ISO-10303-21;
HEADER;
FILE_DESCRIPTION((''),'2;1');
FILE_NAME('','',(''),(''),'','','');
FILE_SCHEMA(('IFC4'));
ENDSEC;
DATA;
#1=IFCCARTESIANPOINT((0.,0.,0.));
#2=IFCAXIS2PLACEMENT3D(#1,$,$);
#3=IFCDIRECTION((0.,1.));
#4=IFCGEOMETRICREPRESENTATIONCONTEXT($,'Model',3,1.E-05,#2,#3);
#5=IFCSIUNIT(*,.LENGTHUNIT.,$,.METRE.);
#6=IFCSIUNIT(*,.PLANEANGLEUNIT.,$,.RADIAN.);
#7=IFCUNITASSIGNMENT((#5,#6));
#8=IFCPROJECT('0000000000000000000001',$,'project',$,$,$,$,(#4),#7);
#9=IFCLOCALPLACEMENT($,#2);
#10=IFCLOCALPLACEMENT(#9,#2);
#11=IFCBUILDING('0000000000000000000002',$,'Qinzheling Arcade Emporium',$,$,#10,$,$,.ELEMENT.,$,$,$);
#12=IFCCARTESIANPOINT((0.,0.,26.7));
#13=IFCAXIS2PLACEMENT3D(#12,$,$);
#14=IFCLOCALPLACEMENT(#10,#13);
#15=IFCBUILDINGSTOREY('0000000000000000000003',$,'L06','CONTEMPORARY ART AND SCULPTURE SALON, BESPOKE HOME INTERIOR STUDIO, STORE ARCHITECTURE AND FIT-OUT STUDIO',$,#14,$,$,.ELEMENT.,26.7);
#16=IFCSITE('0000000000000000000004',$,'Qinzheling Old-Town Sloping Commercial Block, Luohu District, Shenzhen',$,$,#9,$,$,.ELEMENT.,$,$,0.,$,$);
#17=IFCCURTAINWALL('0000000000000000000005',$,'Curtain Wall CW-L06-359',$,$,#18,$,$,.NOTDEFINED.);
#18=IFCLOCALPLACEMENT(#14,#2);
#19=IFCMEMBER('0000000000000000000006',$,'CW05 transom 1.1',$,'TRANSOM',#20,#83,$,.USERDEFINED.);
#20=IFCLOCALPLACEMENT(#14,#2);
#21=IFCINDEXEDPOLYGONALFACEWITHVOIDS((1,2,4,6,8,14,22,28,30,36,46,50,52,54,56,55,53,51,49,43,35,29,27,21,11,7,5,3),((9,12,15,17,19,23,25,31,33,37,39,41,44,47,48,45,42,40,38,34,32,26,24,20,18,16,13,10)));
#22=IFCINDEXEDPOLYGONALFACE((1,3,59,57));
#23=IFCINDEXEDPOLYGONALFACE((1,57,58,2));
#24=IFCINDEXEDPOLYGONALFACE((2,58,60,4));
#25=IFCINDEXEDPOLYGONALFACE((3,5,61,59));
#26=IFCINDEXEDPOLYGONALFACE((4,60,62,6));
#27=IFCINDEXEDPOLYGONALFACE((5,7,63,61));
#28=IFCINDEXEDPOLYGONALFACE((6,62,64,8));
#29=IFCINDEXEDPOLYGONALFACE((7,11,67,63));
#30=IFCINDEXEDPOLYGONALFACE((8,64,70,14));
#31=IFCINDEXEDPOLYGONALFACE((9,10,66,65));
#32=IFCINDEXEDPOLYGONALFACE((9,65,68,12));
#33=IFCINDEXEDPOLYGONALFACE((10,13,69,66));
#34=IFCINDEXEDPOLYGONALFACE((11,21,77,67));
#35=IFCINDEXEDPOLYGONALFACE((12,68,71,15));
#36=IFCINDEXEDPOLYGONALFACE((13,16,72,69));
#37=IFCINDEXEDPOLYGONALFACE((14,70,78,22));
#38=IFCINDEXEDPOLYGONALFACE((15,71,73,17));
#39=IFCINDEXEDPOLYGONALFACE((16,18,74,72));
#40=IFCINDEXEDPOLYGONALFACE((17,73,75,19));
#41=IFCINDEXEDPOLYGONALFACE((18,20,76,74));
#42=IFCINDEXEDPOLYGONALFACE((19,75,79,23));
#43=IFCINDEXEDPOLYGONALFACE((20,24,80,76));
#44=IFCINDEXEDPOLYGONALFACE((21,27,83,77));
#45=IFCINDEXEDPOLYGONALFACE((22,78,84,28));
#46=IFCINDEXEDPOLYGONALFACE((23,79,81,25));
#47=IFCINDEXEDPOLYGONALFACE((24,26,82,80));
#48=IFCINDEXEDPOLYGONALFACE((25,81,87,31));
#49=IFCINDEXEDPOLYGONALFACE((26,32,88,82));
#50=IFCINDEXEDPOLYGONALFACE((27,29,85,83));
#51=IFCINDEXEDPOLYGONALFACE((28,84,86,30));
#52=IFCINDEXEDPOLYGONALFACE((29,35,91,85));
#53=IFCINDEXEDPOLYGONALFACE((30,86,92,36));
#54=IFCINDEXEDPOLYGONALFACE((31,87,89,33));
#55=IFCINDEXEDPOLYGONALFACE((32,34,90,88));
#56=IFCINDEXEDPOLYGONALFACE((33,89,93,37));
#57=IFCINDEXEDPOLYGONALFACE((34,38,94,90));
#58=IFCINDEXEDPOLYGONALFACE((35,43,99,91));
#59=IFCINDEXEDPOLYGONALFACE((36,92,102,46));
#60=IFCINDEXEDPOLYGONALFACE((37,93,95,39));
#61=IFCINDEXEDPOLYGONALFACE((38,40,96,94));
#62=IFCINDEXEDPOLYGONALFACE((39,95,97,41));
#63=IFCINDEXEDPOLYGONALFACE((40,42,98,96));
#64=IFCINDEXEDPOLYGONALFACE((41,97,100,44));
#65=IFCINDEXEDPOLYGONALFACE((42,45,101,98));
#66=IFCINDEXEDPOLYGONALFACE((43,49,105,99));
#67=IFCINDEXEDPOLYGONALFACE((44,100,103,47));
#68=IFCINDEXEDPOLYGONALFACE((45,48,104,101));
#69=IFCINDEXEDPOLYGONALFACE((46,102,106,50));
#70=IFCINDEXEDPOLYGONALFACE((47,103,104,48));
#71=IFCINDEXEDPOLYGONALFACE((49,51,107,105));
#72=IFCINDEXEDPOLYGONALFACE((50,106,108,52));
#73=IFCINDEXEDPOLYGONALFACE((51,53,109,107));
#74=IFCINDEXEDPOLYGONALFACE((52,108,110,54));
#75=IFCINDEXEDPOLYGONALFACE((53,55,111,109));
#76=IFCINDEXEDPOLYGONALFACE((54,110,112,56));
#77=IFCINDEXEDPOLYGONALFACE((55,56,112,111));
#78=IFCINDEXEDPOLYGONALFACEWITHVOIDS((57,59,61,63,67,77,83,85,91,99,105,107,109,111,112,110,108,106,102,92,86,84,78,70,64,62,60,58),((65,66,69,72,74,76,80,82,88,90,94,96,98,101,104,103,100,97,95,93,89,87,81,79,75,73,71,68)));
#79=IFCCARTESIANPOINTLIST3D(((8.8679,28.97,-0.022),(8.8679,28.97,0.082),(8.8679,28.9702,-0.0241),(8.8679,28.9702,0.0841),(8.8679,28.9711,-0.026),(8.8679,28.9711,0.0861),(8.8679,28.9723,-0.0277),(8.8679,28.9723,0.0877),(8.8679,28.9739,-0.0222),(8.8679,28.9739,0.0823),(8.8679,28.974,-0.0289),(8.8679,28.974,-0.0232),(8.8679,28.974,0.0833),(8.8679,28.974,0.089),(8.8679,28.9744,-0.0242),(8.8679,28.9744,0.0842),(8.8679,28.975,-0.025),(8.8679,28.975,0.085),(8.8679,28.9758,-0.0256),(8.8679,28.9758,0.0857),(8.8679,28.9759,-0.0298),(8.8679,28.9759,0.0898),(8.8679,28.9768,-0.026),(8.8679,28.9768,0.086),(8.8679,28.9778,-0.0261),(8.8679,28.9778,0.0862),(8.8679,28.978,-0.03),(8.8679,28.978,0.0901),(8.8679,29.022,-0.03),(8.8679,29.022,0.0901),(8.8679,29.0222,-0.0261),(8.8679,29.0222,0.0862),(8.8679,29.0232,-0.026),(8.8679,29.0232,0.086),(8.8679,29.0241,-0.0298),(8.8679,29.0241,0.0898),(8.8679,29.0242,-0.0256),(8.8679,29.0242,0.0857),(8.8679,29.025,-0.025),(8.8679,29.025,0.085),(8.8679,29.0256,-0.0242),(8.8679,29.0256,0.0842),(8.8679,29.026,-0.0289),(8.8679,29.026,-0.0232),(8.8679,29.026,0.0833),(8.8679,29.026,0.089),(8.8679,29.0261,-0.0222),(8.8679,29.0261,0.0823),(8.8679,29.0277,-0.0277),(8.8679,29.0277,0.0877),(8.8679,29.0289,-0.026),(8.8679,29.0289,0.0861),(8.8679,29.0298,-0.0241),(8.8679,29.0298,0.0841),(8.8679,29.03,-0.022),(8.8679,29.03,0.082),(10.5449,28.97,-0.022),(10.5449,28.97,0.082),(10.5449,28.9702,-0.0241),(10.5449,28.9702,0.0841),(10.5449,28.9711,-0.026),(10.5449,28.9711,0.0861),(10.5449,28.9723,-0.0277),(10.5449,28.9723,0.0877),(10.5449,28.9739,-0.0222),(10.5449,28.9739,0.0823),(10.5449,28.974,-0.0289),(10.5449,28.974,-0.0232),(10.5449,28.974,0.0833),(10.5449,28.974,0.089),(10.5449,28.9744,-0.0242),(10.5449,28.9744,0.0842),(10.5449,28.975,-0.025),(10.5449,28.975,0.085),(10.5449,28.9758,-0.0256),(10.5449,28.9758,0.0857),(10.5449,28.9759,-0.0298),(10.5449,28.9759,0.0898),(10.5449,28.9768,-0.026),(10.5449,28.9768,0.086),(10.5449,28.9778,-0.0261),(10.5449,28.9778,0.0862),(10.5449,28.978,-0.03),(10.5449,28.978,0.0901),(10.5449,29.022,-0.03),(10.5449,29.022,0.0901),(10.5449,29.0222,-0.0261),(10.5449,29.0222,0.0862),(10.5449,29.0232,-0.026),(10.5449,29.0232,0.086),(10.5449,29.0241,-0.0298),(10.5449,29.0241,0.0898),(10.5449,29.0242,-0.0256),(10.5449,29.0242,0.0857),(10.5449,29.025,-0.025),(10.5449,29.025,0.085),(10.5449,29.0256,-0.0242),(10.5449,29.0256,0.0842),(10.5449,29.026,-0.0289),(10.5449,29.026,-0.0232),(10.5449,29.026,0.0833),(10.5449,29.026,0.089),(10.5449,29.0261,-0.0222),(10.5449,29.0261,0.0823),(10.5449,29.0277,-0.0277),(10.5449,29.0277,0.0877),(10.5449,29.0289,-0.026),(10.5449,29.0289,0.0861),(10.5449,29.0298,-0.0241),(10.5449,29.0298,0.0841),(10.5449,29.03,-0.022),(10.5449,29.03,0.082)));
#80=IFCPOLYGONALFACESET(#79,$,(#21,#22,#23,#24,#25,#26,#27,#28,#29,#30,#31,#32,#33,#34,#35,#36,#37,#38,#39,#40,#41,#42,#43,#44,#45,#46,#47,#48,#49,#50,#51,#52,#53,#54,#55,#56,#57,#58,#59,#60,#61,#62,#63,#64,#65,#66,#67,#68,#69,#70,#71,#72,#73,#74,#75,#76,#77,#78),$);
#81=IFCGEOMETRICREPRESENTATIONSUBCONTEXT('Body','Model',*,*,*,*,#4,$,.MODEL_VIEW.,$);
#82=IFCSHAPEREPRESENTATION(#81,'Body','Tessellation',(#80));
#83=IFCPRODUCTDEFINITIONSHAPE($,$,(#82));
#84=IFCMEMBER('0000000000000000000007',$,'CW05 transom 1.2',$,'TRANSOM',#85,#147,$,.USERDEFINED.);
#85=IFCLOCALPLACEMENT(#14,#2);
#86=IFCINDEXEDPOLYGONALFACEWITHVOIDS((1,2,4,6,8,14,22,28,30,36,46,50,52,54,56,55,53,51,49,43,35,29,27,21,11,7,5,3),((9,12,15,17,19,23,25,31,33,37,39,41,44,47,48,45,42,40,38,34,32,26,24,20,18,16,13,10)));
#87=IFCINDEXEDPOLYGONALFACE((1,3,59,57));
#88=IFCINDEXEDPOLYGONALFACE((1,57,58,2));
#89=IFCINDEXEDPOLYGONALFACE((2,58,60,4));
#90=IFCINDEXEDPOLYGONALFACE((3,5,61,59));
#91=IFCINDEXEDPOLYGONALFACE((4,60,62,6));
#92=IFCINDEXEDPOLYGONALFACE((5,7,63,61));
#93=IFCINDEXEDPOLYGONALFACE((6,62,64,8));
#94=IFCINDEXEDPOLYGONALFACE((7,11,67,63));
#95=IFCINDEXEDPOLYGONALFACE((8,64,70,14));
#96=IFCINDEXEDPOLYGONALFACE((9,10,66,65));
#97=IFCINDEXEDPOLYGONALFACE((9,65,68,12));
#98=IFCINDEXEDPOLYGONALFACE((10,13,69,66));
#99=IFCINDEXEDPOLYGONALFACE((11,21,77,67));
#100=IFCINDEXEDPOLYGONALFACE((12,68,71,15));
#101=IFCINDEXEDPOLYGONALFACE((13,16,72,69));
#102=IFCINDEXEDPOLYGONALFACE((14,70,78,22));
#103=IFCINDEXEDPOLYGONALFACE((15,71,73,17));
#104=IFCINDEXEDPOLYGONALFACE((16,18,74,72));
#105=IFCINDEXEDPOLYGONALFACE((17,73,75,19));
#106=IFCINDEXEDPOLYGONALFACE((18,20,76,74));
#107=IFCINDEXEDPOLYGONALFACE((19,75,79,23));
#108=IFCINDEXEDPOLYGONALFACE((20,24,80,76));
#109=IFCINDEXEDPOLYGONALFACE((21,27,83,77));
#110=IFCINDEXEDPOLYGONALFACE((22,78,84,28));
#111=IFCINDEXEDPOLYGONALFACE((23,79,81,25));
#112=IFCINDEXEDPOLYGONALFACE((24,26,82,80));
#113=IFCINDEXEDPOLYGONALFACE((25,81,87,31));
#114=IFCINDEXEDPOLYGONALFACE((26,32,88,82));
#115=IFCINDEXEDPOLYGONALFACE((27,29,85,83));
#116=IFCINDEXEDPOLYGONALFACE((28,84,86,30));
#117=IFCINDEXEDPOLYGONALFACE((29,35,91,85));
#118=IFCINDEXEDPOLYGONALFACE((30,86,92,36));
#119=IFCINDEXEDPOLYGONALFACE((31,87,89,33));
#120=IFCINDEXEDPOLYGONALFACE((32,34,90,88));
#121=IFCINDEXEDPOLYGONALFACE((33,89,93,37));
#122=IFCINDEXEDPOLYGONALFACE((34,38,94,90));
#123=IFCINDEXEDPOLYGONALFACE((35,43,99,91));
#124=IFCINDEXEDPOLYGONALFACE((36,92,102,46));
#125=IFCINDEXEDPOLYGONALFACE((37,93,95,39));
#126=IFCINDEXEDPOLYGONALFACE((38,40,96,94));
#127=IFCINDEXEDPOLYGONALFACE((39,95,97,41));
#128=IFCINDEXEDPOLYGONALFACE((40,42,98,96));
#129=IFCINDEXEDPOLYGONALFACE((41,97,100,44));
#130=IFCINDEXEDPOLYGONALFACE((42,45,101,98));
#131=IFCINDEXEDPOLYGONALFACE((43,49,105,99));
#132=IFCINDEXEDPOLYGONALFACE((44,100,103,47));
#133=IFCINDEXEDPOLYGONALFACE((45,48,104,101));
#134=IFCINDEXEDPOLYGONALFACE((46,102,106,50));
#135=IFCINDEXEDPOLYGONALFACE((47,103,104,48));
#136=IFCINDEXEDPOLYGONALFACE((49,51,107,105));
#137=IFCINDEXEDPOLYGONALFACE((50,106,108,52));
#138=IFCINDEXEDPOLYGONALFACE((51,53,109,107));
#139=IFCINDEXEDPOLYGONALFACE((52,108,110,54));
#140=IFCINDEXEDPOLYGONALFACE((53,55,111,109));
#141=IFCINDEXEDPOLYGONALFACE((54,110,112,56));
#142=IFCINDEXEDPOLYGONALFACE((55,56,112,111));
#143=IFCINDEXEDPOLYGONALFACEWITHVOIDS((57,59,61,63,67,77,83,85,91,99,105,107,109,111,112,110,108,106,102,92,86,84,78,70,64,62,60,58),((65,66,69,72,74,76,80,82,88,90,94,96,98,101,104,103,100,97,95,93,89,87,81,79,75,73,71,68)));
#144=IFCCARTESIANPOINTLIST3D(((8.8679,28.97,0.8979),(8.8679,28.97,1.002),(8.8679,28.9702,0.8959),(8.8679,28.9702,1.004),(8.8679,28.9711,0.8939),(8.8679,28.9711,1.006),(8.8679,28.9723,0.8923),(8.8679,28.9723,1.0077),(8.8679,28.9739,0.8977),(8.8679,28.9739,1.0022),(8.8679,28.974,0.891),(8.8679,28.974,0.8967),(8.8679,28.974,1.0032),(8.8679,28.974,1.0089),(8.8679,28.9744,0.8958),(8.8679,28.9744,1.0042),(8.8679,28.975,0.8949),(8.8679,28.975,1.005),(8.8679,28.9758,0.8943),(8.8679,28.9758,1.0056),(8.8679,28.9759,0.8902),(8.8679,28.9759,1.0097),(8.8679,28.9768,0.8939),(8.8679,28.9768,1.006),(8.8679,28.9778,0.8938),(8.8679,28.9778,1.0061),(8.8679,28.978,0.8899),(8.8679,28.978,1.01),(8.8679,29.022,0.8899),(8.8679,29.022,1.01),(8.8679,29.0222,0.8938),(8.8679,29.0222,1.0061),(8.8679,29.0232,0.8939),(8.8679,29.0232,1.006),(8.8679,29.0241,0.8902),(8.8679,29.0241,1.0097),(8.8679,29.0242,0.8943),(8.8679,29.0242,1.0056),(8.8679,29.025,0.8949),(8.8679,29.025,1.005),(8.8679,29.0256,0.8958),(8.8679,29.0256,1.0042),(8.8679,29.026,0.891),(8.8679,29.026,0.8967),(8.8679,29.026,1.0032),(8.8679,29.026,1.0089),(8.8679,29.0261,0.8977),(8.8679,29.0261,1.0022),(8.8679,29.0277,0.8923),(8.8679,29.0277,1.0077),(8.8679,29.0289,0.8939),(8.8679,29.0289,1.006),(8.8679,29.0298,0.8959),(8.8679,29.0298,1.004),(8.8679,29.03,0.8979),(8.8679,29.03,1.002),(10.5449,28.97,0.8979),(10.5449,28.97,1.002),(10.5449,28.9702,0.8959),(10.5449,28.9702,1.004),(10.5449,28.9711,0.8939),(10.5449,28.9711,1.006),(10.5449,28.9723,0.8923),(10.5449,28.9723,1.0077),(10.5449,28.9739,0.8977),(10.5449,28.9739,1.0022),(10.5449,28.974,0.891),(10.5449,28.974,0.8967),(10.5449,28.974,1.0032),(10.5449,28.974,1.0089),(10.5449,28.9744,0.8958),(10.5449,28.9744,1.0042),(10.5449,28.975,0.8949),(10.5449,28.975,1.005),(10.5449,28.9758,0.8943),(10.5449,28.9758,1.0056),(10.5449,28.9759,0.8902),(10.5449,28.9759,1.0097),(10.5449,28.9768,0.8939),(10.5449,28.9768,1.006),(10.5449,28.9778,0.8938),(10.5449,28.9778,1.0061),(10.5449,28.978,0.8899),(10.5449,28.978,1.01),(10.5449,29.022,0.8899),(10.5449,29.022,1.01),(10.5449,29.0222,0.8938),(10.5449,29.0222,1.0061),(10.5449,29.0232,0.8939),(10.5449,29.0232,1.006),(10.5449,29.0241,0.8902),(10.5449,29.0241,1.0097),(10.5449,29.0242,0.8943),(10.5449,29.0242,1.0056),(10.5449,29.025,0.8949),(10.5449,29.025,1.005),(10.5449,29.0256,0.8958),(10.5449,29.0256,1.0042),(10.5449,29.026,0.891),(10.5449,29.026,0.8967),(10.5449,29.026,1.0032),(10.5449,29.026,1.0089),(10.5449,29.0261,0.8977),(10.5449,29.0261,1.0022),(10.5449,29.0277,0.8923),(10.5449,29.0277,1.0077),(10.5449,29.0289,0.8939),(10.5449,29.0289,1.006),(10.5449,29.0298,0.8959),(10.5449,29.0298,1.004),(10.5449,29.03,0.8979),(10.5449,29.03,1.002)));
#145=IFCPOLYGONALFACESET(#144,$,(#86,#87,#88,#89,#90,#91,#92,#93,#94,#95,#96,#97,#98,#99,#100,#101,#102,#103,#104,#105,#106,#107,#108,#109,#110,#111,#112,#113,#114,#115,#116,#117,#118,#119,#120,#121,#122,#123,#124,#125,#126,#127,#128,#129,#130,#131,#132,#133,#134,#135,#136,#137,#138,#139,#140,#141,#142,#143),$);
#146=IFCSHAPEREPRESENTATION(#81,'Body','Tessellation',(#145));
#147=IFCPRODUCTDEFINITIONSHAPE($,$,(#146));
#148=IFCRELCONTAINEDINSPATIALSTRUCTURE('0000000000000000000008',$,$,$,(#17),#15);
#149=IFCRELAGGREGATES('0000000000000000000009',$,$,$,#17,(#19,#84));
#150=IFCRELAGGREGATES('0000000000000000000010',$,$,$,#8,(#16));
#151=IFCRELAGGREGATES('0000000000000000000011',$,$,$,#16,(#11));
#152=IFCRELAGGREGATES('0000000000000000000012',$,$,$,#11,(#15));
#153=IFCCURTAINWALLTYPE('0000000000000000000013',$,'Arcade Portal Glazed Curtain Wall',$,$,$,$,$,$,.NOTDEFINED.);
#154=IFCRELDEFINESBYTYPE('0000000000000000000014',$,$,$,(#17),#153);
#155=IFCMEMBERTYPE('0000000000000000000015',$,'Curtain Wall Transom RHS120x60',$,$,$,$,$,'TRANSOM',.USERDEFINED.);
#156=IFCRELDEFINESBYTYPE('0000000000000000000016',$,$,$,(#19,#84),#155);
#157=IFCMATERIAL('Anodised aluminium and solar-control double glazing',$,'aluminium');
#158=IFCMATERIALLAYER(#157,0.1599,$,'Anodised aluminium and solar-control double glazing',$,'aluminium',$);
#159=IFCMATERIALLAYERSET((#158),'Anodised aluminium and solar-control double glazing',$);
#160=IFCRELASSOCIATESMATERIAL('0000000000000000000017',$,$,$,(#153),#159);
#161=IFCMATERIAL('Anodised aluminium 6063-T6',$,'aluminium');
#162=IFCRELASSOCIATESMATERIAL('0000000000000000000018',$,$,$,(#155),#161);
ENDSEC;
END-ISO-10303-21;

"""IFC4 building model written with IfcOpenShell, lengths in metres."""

from ifc_helpers import new_model, si_unit, direction, frame, origin, origin_2d, place, context, subcontext, project, spatial, hollow_rectangle, extrude, material, layer, layer_set, material_profile, profile_set, type_object, element, aggregate, save


model = new_model("IFC4")

# Units and contexts
model_context = context("Model", 3, precision=1e-05, world=origin(), true_north=direction((0.0, 1.0)))
body_context = subcontext(model_context, "Body", "Model", "MODEL_VIEW")
ifc_project = project(units=[si_unit("LENGTHUNIT", "METRE"), si_unit("PLANEANGLEUNIT", "RADIAN")], contexts=[model_context])

# Site, building, storey
site_placement = place(None, origin())
site = spatial("IfcSite", under=ifc_project, at=site_placement, Name="Qinzheling Old-Town Sloping Commercial Block, Luohu District, Shenzhen", CompositionType="ELEMENT", RefElevation=0.0)
building_placement = place(site_placement, origin())
building = spatial("IfcBuilding", under=site, at=building_placement, Name="Qinzheling Arcade Emporium", CompositionType="ELEMENT")
storey_placement = place(building_placement, frame((0.0, 0.0, 26.7)))
storey = spatial("IfcBuildingStorey", under=building, at=storey_placement, Name="L06", Description="CONTEMPORARY ART AND SCULPTURE SALON, BESPOKE HOME INTERIOR STUDIO, STORE ARCHITECTURE AND FIT-OUT STUDIO", CompositionType="ELEMENT", Elevation=26.7)

# Shared definitions
ifc_material_1 = material(Name="Anodised aluminium and solar-control double glazing", Category="aluminium")
ifc_material_2 = material(Name="Anodised aluminium 6063-T6", Category="aluminium")

# Curtain wall
ifc_layer_1 = layer(ifc_material_1, 0.1599, Name="Anodised aluminium and solar-control double glazing", Category="aluminium")
ifc_layer_set_1 = layer_set([ifc_layer_1], Name="Anodised aluminium and solar-control double glazing")
curtain_wall_type_1 = type_object("IfcCurtainWallType", Name="Arcade Portal Glazed Curtain Wall", PredefinedType="NOTDEFINED", material=ifc_layer_set_1)
curtain_wall_1_placement = place(storey_placement, origin())
curtain_wall_1 = element("IfcCurtainWall", 1, at=curtain_wall_1_placement, inside=storey, type_object=curtain_wall_type_1, Name="Curtain Wall CW-L06-359", PredefinedType="NOTDEFINED")

# Members
ifc_material_profile_1 = material_profile(ifc_material_2, hollow_rectangle(XDim=0.0601, YDim=0.1201, WallThickness=0.0039, InnerFilletRadius=0.0039, OuterFilletRadius=0.0081, at=origin_2d()), Name="RHS 120x60x4", Category="aluminium")
ifc_profile_set_1 = profile_set([ifc_material_profile_1], Name="Anodised aluminium 6063-T6")
member_type_1 = type_object("IfcMemberType", Name="Curtain Wall Transom RHS120x60", ElementType="TRANSOM", PredefinedType="USERDEFINED", material=ifc_profile_set_1)
member_1_placement = place(storey_placement, frame((10.5449, 29.0, 0.03), z_axis=(-1.0, 0.0, 0.0), x_axis=(0.0, -1.0, 0.0)))
member_1 = element("IfcMember", 2, at=member_1_placement, type_object=member_type_1, Name="CW05 transom 1.1", ObjectType="TRANSOM", PredefinedType="USERDEFINED", context=body_context, shape_type="SweptSolid", body=[
    extrude(hollow_rectangle(XDim=0.0601, YDim=0.1201, WallThickness=0.0039, InnerFilletRadius=0.0039, OuterFilletRadius=0.0081, at=origin_2d()), origin(), (0.0, 0.0, 1.0), 1.677),
])
member_2_placement = place(storey_placement, frame((10.5449, 29.0, 0.95), z_axis=(-1.0, 0.0, 0.0), x_axis=(0.0, -1.0, 0.0)))
member_2 = element("IfcMember", 3, at=member_2_placement, type_object=member_type_1, Name="CW05 transom 1.2", ObjectType="TRANSOM", PredefinedType="USERDEFINED", context=body_context, shape_type="SweptSolid", body=[
    extrude(hollow_rectangle(XDim=0.0601, YDim=0.1201, WallThickness=0.0039, InnerFilletRadius=0.0039, OuterFilletRadius=0.0081, at=origin_2d()), origin(), (0.0, 0.0, 1.0), 1.677),
])

aggregate(curtain_wall_1, [member_1, member_2])

save(model, "model.ifc")
